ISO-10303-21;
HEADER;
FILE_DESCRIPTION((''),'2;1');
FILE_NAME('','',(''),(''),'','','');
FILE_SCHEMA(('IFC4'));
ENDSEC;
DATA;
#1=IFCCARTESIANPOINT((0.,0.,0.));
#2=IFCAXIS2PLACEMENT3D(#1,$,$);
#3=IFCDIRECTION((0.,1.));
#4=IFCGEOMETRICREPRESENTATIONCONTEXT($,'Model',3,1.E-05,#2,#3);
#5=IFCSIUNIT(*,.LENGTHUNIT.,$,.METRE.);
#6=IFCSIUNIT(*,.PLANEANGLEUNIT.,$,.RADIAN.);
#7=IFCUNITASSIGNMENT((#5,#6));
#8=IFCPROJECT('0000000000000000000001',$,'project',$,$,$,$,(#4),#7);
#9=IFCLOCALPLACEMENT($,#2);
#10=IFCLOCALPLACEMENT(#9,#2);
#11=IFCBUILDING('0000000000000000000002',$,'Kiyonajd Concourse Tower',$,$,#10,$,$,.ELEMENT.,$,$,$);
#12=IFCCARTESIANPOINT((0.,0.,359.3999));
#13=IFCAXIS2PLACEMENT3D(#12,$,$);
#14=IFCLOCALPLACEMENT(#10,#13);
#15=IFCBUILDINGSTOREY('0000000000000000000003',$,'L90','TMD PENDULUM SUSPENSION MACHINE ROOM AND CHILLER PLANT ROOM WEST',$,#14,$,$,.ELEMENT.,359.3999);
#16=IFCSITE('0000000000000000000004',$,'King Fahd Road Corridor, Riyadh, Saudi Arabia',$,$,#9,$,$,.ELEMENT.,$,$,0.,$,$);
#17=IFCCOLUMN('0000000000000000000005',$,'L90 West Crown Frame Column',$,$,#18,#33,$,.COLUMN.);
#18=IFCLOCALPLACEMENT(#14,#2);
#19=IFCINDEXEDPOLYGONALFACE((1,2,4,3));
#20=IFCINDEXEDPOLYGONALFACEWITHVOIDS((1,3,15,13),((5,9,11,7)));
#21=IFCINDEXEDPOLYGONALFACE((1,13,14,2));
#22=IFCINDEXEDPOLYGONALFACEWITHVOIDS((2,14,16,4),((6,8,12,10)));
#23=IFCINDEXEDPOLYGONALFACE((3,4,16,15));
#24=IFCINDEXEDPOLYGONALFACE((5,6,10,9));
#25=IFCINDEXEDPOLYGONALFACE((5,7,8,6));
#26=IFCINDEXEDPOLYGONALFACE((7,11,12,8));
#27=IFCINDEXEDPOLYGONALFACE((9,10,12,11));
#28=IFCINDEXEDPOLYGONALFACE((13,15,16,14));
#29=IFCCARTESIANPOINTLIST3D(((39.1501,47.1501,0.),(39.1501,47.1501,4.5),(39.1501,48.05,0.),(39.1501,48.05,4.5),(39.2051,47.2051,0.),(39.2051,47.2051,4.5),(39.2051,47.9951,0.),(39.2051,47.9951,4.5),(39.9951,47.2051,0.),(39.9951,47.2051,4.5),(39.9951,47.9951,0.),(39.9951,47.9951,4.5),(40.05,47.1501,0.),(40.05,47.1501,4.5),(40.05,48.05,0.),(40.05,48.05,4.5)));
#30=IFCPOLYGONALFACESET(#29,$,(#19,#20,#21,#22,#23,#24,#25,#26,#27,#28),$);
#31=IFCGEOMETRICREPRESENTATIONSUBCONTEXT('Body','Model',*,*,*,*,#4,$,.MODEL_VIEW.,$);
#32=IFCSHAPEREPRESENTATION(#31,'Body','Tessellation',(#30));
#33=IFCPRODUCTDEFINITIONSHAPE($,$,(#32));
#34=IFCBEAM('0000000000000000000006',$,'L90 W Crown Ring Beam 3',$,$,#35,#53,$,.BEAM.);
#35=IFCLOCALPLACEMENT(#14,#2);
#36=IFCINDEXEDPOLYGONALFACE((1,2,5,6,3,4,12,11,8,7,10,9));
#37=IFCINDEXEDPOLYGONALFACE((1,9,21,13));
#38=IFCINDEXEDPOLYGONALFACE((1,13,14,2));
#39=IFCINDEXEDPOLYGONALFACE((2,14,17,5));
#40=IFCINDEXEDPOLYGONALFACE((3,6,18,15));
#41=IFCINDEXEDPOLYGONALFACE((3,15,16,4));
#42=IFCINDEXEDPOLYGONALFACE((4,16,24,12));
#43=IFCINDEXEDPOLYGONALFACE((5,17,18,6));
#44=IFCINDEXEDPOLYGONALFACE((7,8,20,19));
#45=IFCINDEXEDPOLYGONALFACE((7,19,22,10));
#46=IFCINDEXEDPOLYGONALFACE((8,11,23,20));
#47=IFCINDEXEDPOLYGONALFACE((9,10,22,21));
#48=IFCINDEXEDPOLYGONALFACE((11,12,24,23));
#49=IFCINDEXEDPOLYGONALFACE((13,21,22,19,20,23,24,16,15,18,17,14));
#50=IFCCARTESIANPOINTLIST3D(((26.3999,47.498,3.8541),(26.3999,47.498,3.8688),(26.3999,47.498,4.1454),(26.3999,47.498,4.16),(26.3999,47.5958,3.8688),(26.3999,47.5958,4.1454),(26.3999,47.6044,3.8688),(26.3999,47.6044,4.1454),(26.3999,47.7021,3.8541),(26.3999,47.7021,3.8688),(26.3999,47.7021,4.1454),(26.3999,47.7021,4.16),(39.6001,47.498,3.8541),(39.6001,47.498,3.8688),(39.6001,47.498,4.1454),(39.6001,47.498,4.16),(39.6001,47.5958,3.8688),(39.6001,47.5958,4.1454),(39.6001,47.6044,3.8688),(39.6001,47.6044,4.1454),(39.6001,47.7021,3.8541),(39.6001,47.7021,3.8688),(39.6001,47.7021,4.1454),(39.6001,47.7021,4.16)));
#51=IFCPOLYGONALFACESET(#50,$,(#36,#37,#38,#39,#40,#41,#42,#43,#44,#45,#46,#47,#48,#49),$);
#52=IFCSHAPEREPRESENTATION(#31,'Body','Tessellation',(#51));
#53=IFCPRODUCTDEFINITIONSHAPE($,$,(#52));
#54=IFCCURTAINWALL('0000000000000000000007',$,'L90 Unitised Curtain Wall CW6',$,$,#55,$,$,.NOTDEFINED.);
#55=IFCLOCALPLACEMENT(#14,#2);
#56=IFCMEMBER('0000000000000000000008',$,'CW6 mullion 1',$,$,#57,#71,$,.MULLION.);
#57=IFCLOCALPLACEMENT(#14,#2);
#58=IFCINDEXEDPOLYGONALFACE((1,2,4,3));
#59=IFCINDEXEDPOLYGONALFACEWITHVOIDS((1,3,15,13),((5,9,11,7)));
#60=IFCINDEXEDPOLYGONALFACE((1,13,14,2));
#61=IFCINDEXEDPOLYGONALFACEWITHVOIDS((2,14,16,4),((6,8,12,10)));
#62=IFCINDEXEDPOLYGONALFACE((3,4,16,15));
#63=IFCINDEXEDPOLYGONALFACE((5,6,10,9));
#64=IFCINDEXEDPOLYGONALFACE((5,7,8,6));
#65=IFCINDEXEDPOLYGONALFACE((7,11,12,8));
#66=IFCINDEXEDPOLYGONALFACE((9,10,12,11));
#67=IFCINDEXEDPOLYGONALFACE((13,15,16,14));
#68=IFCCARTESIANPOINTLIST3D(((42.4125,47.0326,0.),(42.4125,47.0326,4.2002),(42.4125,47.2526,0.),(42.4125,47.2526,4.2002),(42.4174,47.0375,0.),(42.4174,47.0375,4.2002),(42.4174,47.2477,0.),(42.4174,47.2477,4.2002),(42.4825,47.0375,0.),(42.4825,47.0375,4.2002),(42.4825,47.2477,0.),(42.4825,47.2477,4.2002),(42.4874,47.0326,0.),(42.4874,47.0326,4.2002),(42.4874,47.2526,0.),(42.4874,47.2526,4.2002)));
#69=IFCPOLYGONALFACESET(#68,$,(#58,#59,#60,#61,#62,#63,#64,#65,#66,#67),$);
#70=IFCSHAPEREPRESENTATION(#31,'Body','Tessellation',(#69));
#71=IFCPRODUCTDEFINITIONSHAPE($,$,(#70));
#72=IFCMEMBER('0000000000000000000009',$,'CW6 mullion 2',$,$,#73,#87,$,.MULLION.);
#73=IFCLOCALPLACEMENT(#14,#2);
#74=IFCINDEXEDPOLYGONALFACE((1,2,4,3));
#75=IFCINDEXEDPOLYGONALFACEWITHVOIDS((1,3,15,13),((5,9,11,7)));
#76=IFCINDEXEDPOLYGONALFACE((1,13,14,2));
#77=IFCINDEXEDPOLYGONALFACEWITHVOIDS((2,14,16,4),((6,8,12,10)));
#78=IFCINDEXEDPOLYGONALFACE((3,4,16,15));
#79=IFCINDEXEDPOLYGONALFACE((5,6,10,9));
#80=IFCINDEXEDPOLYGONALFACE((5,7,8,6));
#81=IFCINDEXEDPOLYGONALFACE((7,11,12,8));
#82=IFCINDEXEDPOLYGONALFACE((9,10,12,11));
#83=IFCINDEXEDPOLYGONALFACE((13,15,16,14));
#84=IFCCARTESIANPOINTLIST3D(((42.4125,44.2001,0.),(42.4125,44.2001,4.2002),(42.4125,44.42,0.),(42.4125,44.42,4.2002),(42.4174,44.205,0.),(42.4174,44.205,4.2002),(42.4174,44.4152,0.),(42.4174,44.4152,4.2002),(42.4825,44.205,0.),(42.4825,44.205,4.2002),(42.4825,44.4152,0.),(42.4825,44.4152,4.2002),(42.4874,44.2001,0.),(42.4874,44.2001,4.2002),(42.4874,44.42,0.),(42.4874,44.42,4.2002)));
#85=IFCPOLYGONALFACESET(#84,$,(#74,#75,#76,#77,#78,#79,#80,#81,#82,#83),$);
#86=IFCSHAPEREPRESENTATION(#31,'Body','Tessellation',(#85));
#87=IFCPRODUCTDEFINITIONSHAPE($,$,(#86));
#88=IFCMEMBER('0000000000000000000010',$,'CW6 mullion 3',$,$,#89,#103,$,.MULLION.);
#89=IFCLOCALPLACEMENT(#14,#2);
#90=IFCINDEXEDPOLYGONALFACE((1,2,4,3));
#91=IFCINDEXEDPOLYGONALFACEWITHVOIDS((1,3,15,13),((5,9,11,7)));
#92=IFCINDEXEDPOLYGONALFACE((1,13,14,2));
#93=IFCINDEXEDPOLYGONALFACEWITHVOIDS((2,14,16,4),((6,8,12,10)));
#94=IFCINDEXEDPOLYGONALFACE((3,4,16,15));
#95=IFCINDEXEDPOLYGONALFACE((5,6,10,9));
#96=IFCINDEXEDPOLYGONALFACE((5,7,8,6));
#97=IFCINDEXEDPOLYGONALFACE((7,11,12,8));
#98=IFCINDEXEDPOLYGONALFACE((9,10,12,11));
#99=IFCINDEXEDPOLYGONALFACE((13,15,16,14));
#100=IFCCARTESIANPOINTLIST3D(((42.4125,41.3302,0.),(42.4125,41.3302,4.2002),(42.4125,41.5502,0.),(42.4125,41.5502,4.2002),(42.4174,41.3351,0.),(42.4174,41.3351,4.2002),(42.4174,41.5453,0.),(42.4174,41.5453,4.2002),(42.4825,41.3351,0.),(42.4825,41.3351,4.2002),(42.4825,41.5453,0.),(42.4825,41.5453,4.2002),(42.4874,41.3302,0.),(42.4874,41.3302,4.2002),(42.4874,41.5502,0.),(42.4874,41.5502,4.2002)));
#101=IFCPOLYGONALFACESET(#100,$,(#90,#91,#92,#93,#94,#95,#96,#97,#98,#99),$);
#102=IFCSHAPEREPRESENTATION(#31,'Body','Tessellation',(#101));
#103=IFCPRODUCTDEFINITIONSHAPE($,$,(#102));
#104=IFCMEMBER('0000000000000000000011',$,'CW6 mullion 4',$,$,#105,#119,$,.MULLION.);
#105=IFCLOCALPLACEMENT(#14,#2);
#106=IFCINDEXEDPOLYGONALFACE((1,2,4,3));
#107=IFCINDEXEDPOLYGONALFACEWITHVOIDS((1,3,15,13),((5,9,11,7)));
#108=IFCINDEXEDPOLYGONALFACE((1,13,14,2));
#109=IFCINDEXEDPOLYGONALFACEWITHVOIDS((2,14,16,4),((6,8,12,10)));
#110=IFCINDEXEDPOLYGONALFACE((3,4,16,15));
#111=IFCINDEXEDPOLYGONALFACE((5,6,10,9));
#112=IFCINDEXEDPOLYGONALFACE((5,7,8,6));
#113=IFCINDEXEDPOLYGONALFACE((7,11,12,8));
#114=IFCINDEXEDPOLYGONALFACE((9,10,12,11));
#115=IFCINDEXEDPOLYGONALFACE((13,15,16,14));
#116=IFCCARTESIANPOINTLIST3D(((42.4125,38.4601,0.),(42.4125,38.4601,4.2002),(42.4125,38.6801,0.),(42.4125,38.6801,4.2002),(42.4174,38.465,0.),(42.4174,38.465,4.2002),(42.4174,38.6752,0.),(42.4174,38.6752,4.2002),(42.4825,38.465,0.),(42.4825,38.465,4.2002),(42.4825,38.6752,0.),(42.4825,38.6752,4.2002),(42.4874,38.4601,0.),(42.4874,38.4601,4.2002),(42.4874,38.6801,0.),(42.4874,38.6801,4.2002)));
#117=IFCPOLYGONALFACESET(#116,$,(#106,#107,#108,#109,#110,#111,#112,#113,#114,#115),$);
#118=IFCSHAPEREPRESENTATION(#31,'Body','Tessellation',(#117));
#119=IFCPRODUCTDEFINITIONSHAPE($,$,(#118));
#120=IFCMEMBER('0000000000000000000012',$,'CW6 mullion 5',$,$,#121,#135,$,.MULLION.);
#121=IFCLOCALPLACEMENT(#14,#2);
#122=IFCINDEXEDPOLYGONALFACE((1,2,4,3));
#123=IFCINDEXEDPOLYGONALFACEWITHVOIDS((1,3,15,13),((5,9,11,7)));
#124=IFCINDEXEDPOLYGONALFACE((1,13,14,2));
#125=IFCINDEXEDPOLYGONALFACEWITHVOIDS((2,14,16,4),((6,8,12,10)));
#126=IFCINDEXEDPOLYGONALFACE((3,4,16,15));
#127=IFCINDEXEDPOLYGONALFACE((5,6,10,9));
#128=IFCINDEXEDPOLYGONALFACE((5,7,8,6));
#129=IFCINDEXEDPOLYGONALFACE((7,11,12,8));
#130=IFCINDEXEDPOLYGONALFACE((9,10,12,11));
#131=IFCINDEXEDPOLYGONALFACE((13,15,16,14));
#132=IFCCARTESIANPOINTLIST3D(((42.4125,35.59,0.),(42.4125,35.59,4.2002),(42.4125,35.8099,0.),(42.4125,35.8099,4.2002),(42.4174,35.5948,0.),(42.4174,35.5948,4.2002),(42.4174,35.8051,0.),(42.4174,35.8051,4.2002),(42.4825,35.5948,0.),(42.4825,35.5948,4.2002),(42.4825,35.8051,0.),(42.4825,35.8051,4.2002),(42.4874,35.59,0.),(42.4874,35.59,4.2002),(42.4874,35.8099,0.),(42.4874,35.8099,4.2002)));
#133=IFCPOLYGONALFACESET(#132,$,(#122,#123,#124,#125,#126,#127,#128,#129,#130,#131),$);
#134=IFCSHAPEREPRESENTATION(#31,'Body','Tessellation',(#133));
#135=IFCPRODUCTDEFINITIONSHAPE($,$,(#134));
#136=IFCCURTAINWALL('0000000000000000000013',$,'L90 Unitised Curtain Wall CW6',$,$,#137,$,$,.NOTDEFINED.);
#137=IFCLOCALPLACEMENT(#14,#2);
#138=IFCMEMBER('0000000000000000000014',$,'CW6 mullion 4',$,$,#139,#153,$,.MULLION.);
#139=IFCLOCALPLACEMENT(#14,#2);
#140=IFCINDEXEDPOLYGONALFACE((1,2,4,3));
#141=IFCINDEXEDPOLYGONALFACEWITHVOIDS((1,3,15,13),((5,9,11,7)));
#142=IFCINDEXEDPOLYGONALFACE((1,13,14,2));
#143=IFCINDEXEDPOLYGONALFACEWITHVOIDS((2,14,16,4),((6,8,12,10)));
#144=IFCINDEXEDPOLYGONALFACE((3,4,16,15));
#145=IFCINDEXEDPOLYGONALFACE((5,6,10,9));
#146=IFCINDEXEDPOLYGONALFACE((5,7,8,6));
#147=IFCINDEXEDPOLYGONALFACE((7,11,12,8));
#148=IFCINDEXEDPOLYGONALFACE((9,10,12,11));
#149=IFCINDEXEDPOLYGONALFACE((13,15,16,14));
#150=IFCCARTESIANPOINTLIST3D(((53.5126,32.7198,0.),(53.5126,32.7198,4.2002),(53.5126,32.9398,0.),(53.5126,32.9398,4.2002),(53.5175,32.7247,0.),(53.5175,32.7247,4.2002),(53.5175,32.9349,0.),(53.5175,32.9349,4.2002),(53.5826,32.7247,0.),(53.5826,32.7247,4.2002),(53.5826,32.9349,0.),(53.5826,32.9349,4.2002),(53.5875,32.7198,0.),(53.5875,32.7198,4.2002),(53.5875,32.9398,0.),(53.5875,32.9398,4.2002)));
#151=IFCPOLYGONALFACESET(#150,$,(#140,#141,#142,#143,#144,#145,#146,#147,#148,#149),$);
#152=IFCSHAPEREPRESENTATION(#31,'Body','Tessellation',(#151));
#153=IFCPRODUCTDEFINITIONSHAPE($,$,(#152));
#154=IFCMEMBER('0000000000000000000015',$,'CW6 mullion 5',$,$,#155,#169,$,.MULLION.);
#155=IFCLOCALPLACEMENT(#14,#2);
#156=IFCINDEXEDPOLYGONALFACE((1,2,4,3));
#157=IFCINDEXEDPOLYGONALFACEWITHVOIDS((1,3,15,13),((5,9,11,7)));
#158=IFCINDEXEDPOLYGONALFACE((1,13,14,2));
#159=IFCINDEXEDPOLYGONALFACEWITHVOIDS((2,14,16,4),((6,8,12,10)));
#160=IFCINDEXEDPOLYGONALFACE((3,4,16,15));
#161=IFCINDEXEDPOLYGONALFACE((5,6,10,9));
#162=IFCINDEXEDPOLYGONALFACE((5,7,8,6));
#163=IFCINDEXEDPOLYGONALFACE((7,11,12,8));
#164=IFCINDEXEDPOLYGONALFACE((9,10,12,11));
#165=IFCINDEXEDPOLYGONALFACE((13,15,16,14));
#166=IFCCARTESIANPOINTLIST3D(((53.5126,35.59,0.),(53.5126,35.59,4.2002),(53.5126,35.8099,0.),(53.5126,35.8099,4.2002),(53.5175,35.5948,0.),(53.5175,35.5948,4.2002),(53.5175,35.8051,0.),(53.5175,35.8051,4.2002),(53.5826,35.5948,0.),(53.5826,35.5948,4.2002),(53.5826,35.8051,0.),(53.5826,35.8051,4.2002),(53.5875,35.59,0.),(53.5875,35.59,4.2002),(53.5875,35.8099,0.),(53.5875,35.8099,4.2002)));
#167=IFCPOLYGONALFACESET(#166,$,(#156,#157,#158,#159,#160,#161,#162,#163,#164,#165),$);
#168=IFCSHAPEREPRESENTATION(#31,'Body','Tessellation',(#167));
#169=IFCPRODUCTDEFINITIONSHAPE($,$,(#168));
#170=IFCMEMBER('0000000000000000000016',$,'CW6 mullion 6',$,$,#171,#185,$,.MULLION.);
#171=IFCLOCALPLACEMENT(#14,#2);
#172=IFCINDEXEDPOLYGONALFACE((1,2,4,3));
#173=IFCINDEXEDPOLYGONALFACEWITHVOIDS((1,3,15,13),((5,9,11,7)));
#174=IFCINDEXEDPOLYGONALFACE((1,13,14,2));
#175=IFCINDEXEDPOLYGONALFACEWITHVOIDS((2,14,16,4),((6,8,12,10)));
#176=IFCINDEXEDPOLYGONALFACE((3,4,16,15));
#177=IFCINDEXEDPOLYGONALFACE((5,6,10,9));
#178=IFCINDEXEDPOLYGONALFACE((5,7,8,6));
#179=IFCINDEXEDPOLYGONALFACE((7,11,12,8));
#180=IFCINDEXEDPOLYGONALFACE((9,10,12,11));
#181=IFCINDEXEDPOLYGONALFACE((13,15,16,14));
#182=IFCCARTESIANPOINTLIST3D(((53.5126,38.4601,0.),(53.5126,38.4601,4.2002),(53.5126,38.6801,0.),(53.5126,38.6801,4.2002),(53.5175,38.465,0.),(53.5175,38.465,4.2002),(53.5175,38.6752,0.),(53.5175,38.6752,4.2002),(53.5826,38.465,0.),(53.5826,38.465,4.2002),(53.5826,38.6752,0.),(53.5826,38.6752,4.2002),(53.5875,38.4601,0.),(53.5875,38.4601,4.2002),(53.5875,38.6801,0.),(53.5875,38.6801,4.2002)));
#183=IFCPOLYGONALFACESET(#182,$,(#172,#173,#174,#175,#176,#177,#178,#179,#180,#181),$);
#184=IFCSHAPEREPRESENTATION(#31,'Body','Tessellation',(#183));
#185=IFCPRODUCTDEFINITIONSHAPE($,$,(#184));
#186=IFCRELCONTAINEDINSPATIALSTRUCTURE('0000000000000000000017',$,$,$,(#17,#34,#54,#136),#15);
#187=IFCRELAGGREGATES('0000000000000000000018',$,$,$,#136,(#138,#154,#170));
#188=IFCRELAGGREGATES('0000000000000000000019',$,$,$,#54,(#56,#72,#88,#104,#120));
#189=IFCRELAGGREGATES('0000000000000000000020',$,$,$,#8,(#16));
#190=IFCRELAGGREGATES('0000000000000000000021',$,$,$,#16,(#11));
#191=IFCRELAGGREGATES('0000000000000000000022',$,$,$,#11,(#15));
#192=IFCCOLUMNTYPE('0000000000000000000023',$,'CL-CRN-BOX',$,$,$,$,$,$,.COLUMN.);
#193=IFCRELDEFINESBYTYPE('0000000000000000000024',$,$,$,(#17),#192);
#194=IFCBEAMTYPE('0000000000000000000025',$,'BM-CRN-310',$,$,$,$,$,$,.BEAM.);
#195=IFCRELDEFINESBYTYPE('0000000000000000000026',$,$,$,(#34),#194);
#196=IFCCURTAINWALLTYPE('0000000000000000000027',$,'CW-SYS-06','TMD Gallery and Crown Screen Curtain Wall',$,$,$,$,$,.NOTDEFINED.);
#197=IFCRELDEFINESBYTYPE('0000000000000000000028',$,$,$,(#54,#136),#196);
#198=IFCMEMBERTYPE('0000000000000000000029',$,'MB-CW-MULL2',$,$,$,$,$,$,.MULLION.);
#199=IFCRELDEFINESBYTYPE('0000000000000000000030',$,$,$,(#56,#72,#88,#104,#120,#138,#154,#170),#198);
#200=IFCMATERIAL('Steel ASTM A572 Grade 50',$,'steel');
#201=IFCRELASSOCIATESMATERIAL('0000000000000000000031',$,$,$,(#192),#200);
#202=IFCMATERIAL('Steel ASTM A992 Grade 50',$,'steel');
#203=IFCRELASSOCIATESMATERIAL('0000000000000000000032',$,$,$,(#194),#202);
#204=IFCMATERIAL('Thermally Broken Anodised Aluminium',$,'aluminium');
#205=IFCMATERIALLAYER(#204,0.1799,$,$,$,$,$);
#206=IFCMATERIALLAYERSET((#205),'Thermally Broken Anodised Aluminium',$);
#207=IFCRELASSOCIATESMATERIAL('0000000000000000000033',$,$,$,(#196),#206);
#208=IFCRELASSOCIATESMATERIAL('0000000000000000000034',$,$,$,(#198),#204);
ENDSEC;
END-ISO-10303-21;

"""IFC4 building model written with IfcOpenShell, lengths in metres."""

from ifc_helpers import new_model, si_unit, direction, frame, origin, origin_2d, place, context, subcontext, project, spatial, hollow_rectangle, i_section, extrude, material, layer, layer_set, material_profile, profile_set, type_object, element, aggregate, save


model = new_model("IFC4")

# Units and contexts
model_context = context("Model", 3, precision=1e-05, world=origin(), true_north=direction((0.0, 1.0)))
body_context = subcontext(model_context, "Body", "Model", "MODEL_VIEW")
ifc_project = project(units=[si_unit("LENGTHUNIT", "METRE"), si_unit("PLANEANGLEUNIT", "RADIAN")], contexts=[model_context])

# Site, building, storey
site_placement = place(None, origin())
site = spatial("IfcSite", under=ifc_project, at=site_placement, Name="King Fahd Road Corridor, Riyadh, Saudi Arabia", CompositionType="ELEMENT", RefElevation=0.0)
building_placement = place(site_placement, origin())
building = spatial("IfcBuilding", under=site, at=building_placement, Name="Kiyonajd Concourse Tower", CompositionType="ELEMENT")
storey_placement = place(building_placement, frame((0.0, 0.0, 359.3999)))
storey = spatial("IfcBuildingStorey", under=building, at=storey_placement, Name="L90", Description="TMD PENDULUM SUSPENSION MACHINE ROOM AND CHILLER PLANT ROOM WEST", CompositionType="ELEMENT", Elevation=359.3999)

# Column
ifc_material_1 = material(Name="Steel ASTM A572 Grade 50", Category="steel")
ifc_material_profile_1 = material_profile(ifc_material_1, hollow_rectangle(XDim=0.8999, YDim=0.8999, WallThickness=0.0549, at=origin_2d()), Name="BOX-900x900x55")
ifc_profile_set_1 = profile_set([ifc_material_profile_1], Name="Steel ASTM A572 Grade 50")
column_type = type_object("IfcColumnType", Name="CL-CRN-BOX", PredefinedType="COLUMN", material=ifc_profile_set_1)
column_placement = place(storey_placement, frame((39.6001, 47.6001, 0.0), z_axis=(0.0, 0.0, 1.0), x_axis=(1.0, 0.0, 0.0)))
element("IfcColumn", 1, at=column_placement, inside=storey, type_object=column_type, Name="L90 West Crown Frame Column", PredefinedType="COLUMN", context=body_context, shape_type="SweptSolid", body=[
    extrude(hollow_rectangle(XDim=0.8999, YDim=0.8999, WallThickness=0.0549, at=origin_2d()), origin(), (0.0, 0.0, 1.0), 4.5),
])

# Beam
ifc_material_2 = material(Name="Steel ASTM A992 Grade 50", Category="steel")
ifc_material_profile_2 = material_profile(ifc_material_2, i_section(OverallWidth=0.2041, OverallDepth=0.3059, WebThickness=0.0085, FlangeThickness=0.0146, at=origin_2d()), Name="W310X67")
ifc_profile_set_2 = profile_set([ifc_material_profile_2], Name="Steel ASTM A992 Grade 50")
beam_type = type_object("IfcBeamType", Name="BM-CRN-310", PredefinedType="BEAM", material=ifc_profile_set_2)
beam_placement = place(storey_placement, frame((39.6001, 47.6001, 4.0071), z_axis=(-1.0, 0.0, 0.0), x_axis=(0.0, -1.0, 0.0)))
element("IfcBeam", 2, at=beam_placement, inside=storey, type_object=beam_type, Name="L90 W Crown Ring Beam 3", PredefinedType="BEAM", context=body_context, shape_type="SweptSolid", body=[
    extrude(i_section(OverallWidth=0.2041, OverallDepth=0.3059, WebThickness=0.0085, FlangeThickness=0.0146, at=origin_2d()), origin(), (0.0, 0.0, 1.0), 13.2002),
])

# Curtain walls, members
ifc_material_3 = material(Name="Thermally Broken Anodised Aluminium", Category="aluminium")
ifc_layer_1 = layer(ifc_material_3, 0.1799)
ifc_layer_set_1 = layer_set([ifc_layer_1], Name="Thermally Broken Anodised Aluminium")
curtain_wall_type = type_object("IfcCurtainWallType", Name="CW-SYS-06", Description="TMD Gallery and Crown Screen Curtain Wall", PredefinedType="NOTDEFINED", material=ifc_layer_set_1)
curtain_wall_1_placement = place(storey_placement, origin())
curtain_wall_1 = element("IfcCurtainWall", 3, at=curtain_wall_1_placement, inside=storey, type_object=curtain_wall_type, Name="L90 Unitised Curtain Wall CW6", PredefinedType="NOTDEFINED")
ifc_material_profile_3 = material_profile(ifc_material_3, hollow_rectangle(XDim=0.075, YDim=0.22, WallThickness=0.0049, at=origin_2d()), Name="MULL-75x220")
ifc_profile_set_3 = profile_set([ifc_material_profile_3], Name="Thermally Broken Anodised Aluminium")
member_type_1 = type_object("IfcMemberType", Name="MB-CW-MULL2", PredefinedType="MULLION", material=ifc_profile_set_3)
member_1_placement = place(storey_placement, frame((42.45, 47.1426, 0.0), z_axis=(0.0, 0.0, 1.0), x_axis=(1.0, 0.0, 0.0)))
member_1 = element("IfcMember", 4, at=member_1_placement, type_object=member_type_1, Name="CW6 mullion 1", PredefinedType="MULLION", context=body_context, shape_type="SweptSolid", body=[
    extrude(hollow_rectangle(XDim=0.075, YDim=0.22, WallThickness=0.0049, at=origin_2d()), origin(), (0.0, 0.0, 1.0), 4.2002),
])
member_2_placement = place(storey_placement, frame((42.45, 44.3101, 0.0), z_axis=(0.0, 0.0, 1.0), x_axis=(1.0, 0.0, 0.0)))
member_2 = element("IfcMember", 5, at=member_2_placement, type_object=member_type_1, Name="CW6 mullion 2", PredefinedType="MULLION", context=body_context, shape_type="SweptSolid", body=[
    extrude(hollow_rectangle(XDim=0.075, YDim=0.22, WallThickness=0.0049, at=origin_2d()), origin(), (0.0, 0.0, 1.0), 4.2002),
])
member_3_placement = place(storey_placement, frame((42.45, 41.4402, 0.0), z_axis=(0.0, 0.0, 1.0), x_axis=(1.0, 0.0, 0.0)))
member_3 = element("IfcMember", 6, at=member_3_placement, type_object=member_type_1, Name="CW6 mullion 3", PredefinedType="MULLION", context=body_context, shape_type="SweptSolid", body=[
    extrude(hollow_rectangle(XDim=0.075, YDim=0.22, WallThickness=0.0049, at=origin_2d()), origin(), (0.0, 0.0, 1.0), 4.2002),
])
member_4_placement = place(storey_placement, frame((42.45, 38.5701, 0.0), z_axis=(0.0, 0.0, 1.0), x_axis=(1.0, 0.0, 0.0)))
member_4 = element("IfcMember", 7, at=member_4_placement, type_object=member_type_1, Name="CW6 mullion 4", PredefinedType="MULLION", context=body_context, shape_type="SweptSolid", body=[
    extrude(hollow_rectangle(XDim=0.075, YDim=0.22, WallThickness=0.0049, at=origin_2d()), origin(), (0.0, 0.0, 1.0), 4.2002),
])
member_5_placement = place(storey_placement, frame((42.45, 35.7, 0.0), z_axis=(0.0, 0.0, 1.0), x_axis=(1.0, 0.0, 0.0)))
member_5 = element("IfcMember", 8, at=member_5_placement, type_object=member_type_1, Name="CW6 mullion 5", PredefinedType="MULLION", context=body_context, shape_type="SweptSolid", body=[
    extrude(hollow_rectangle(XDim=0.075, YDim=0.22, WallThickness=0.0049, at=origin_2d()), origin(), (0.0, 0.0, 1.0), 4.2002),
])
curtain_wall_2_placement = place(storey_placement, origin())
curtain_wall_2 = element("IfcCurtainWall", 9, at=curtain_wall_2_placement, inside=storey, type_object=curtain_wall_type, Name="L90 Unitised Curtain Wall CW6", PredefinedType="NOTDEFINED")
member_6_placement = place(storey_placement, frame((53.55, 32.8298, 0.0), z_axis=(0.0, 0.0, 1.0), x_axis=(-1.0, 0.0, 0.0)))
member_6 = element("IfcMember", 10, at=member_6_placement, type_object=member_type_1, Name="CW6 mullion 4", PredefinedType="MULLION", context=body_context, shape_type="SweptSolid", body=[
    extrude(hollow_rectangle(XDim=0.075, YDim=0.22, WallThickness=0.0049, at=origin_2d()), origin(), (0.0, 0.0, 1.0), 4.2002),
])
member_7_placement = place(storey_placement, frame((53.55, 35.7, 0.0), z_axis=(0.0, 0.0, 1.0), x_axis=(-1.0, 0.0, 0.0)))
member_7 = element("IfcMember", 11, at=member_7_placement, type_object=member_type_1, Name="CW6 mullion 5", PredefinedType="MULLION", context=body_context, shape_type="SweptSolid", body=[
    extrude(hollow_rectangle(XDim=0.075, YDim=0.22, WallThickness=0.0049, at=origin_2d()), origin(), (0.0, 0.0, 1.0), 4.2002),
])
member_8_placement = place(storey_placement, frame((53.55, 38.5701, 0.0), z_axis=(0.0, 0.0, 1.0), x_axis=(-1.0, 0.0, 0.0)))
member_8 = element("IfcMember", 12, at=member_8_placement, type_object=member_type_1, Name="CW6 mullion 6", PredefinedType="MULLION", context=body_context, shape_type="SweptSolid", body=[
    extrude(hollow_rectangle(XDim=0.075, YDim=0.22, WallThickness=0.0049, at=origin_2d()), origin(), (0.0, 0.0, 1.0), 4.2002),
])
aggregate(curtain_wall_2, [member_6, member_7, member_8])

aggregate(curtain_wall_1, [member_1, member_2, member_3, member_4, member_5])

save(model, "model.ifc")
